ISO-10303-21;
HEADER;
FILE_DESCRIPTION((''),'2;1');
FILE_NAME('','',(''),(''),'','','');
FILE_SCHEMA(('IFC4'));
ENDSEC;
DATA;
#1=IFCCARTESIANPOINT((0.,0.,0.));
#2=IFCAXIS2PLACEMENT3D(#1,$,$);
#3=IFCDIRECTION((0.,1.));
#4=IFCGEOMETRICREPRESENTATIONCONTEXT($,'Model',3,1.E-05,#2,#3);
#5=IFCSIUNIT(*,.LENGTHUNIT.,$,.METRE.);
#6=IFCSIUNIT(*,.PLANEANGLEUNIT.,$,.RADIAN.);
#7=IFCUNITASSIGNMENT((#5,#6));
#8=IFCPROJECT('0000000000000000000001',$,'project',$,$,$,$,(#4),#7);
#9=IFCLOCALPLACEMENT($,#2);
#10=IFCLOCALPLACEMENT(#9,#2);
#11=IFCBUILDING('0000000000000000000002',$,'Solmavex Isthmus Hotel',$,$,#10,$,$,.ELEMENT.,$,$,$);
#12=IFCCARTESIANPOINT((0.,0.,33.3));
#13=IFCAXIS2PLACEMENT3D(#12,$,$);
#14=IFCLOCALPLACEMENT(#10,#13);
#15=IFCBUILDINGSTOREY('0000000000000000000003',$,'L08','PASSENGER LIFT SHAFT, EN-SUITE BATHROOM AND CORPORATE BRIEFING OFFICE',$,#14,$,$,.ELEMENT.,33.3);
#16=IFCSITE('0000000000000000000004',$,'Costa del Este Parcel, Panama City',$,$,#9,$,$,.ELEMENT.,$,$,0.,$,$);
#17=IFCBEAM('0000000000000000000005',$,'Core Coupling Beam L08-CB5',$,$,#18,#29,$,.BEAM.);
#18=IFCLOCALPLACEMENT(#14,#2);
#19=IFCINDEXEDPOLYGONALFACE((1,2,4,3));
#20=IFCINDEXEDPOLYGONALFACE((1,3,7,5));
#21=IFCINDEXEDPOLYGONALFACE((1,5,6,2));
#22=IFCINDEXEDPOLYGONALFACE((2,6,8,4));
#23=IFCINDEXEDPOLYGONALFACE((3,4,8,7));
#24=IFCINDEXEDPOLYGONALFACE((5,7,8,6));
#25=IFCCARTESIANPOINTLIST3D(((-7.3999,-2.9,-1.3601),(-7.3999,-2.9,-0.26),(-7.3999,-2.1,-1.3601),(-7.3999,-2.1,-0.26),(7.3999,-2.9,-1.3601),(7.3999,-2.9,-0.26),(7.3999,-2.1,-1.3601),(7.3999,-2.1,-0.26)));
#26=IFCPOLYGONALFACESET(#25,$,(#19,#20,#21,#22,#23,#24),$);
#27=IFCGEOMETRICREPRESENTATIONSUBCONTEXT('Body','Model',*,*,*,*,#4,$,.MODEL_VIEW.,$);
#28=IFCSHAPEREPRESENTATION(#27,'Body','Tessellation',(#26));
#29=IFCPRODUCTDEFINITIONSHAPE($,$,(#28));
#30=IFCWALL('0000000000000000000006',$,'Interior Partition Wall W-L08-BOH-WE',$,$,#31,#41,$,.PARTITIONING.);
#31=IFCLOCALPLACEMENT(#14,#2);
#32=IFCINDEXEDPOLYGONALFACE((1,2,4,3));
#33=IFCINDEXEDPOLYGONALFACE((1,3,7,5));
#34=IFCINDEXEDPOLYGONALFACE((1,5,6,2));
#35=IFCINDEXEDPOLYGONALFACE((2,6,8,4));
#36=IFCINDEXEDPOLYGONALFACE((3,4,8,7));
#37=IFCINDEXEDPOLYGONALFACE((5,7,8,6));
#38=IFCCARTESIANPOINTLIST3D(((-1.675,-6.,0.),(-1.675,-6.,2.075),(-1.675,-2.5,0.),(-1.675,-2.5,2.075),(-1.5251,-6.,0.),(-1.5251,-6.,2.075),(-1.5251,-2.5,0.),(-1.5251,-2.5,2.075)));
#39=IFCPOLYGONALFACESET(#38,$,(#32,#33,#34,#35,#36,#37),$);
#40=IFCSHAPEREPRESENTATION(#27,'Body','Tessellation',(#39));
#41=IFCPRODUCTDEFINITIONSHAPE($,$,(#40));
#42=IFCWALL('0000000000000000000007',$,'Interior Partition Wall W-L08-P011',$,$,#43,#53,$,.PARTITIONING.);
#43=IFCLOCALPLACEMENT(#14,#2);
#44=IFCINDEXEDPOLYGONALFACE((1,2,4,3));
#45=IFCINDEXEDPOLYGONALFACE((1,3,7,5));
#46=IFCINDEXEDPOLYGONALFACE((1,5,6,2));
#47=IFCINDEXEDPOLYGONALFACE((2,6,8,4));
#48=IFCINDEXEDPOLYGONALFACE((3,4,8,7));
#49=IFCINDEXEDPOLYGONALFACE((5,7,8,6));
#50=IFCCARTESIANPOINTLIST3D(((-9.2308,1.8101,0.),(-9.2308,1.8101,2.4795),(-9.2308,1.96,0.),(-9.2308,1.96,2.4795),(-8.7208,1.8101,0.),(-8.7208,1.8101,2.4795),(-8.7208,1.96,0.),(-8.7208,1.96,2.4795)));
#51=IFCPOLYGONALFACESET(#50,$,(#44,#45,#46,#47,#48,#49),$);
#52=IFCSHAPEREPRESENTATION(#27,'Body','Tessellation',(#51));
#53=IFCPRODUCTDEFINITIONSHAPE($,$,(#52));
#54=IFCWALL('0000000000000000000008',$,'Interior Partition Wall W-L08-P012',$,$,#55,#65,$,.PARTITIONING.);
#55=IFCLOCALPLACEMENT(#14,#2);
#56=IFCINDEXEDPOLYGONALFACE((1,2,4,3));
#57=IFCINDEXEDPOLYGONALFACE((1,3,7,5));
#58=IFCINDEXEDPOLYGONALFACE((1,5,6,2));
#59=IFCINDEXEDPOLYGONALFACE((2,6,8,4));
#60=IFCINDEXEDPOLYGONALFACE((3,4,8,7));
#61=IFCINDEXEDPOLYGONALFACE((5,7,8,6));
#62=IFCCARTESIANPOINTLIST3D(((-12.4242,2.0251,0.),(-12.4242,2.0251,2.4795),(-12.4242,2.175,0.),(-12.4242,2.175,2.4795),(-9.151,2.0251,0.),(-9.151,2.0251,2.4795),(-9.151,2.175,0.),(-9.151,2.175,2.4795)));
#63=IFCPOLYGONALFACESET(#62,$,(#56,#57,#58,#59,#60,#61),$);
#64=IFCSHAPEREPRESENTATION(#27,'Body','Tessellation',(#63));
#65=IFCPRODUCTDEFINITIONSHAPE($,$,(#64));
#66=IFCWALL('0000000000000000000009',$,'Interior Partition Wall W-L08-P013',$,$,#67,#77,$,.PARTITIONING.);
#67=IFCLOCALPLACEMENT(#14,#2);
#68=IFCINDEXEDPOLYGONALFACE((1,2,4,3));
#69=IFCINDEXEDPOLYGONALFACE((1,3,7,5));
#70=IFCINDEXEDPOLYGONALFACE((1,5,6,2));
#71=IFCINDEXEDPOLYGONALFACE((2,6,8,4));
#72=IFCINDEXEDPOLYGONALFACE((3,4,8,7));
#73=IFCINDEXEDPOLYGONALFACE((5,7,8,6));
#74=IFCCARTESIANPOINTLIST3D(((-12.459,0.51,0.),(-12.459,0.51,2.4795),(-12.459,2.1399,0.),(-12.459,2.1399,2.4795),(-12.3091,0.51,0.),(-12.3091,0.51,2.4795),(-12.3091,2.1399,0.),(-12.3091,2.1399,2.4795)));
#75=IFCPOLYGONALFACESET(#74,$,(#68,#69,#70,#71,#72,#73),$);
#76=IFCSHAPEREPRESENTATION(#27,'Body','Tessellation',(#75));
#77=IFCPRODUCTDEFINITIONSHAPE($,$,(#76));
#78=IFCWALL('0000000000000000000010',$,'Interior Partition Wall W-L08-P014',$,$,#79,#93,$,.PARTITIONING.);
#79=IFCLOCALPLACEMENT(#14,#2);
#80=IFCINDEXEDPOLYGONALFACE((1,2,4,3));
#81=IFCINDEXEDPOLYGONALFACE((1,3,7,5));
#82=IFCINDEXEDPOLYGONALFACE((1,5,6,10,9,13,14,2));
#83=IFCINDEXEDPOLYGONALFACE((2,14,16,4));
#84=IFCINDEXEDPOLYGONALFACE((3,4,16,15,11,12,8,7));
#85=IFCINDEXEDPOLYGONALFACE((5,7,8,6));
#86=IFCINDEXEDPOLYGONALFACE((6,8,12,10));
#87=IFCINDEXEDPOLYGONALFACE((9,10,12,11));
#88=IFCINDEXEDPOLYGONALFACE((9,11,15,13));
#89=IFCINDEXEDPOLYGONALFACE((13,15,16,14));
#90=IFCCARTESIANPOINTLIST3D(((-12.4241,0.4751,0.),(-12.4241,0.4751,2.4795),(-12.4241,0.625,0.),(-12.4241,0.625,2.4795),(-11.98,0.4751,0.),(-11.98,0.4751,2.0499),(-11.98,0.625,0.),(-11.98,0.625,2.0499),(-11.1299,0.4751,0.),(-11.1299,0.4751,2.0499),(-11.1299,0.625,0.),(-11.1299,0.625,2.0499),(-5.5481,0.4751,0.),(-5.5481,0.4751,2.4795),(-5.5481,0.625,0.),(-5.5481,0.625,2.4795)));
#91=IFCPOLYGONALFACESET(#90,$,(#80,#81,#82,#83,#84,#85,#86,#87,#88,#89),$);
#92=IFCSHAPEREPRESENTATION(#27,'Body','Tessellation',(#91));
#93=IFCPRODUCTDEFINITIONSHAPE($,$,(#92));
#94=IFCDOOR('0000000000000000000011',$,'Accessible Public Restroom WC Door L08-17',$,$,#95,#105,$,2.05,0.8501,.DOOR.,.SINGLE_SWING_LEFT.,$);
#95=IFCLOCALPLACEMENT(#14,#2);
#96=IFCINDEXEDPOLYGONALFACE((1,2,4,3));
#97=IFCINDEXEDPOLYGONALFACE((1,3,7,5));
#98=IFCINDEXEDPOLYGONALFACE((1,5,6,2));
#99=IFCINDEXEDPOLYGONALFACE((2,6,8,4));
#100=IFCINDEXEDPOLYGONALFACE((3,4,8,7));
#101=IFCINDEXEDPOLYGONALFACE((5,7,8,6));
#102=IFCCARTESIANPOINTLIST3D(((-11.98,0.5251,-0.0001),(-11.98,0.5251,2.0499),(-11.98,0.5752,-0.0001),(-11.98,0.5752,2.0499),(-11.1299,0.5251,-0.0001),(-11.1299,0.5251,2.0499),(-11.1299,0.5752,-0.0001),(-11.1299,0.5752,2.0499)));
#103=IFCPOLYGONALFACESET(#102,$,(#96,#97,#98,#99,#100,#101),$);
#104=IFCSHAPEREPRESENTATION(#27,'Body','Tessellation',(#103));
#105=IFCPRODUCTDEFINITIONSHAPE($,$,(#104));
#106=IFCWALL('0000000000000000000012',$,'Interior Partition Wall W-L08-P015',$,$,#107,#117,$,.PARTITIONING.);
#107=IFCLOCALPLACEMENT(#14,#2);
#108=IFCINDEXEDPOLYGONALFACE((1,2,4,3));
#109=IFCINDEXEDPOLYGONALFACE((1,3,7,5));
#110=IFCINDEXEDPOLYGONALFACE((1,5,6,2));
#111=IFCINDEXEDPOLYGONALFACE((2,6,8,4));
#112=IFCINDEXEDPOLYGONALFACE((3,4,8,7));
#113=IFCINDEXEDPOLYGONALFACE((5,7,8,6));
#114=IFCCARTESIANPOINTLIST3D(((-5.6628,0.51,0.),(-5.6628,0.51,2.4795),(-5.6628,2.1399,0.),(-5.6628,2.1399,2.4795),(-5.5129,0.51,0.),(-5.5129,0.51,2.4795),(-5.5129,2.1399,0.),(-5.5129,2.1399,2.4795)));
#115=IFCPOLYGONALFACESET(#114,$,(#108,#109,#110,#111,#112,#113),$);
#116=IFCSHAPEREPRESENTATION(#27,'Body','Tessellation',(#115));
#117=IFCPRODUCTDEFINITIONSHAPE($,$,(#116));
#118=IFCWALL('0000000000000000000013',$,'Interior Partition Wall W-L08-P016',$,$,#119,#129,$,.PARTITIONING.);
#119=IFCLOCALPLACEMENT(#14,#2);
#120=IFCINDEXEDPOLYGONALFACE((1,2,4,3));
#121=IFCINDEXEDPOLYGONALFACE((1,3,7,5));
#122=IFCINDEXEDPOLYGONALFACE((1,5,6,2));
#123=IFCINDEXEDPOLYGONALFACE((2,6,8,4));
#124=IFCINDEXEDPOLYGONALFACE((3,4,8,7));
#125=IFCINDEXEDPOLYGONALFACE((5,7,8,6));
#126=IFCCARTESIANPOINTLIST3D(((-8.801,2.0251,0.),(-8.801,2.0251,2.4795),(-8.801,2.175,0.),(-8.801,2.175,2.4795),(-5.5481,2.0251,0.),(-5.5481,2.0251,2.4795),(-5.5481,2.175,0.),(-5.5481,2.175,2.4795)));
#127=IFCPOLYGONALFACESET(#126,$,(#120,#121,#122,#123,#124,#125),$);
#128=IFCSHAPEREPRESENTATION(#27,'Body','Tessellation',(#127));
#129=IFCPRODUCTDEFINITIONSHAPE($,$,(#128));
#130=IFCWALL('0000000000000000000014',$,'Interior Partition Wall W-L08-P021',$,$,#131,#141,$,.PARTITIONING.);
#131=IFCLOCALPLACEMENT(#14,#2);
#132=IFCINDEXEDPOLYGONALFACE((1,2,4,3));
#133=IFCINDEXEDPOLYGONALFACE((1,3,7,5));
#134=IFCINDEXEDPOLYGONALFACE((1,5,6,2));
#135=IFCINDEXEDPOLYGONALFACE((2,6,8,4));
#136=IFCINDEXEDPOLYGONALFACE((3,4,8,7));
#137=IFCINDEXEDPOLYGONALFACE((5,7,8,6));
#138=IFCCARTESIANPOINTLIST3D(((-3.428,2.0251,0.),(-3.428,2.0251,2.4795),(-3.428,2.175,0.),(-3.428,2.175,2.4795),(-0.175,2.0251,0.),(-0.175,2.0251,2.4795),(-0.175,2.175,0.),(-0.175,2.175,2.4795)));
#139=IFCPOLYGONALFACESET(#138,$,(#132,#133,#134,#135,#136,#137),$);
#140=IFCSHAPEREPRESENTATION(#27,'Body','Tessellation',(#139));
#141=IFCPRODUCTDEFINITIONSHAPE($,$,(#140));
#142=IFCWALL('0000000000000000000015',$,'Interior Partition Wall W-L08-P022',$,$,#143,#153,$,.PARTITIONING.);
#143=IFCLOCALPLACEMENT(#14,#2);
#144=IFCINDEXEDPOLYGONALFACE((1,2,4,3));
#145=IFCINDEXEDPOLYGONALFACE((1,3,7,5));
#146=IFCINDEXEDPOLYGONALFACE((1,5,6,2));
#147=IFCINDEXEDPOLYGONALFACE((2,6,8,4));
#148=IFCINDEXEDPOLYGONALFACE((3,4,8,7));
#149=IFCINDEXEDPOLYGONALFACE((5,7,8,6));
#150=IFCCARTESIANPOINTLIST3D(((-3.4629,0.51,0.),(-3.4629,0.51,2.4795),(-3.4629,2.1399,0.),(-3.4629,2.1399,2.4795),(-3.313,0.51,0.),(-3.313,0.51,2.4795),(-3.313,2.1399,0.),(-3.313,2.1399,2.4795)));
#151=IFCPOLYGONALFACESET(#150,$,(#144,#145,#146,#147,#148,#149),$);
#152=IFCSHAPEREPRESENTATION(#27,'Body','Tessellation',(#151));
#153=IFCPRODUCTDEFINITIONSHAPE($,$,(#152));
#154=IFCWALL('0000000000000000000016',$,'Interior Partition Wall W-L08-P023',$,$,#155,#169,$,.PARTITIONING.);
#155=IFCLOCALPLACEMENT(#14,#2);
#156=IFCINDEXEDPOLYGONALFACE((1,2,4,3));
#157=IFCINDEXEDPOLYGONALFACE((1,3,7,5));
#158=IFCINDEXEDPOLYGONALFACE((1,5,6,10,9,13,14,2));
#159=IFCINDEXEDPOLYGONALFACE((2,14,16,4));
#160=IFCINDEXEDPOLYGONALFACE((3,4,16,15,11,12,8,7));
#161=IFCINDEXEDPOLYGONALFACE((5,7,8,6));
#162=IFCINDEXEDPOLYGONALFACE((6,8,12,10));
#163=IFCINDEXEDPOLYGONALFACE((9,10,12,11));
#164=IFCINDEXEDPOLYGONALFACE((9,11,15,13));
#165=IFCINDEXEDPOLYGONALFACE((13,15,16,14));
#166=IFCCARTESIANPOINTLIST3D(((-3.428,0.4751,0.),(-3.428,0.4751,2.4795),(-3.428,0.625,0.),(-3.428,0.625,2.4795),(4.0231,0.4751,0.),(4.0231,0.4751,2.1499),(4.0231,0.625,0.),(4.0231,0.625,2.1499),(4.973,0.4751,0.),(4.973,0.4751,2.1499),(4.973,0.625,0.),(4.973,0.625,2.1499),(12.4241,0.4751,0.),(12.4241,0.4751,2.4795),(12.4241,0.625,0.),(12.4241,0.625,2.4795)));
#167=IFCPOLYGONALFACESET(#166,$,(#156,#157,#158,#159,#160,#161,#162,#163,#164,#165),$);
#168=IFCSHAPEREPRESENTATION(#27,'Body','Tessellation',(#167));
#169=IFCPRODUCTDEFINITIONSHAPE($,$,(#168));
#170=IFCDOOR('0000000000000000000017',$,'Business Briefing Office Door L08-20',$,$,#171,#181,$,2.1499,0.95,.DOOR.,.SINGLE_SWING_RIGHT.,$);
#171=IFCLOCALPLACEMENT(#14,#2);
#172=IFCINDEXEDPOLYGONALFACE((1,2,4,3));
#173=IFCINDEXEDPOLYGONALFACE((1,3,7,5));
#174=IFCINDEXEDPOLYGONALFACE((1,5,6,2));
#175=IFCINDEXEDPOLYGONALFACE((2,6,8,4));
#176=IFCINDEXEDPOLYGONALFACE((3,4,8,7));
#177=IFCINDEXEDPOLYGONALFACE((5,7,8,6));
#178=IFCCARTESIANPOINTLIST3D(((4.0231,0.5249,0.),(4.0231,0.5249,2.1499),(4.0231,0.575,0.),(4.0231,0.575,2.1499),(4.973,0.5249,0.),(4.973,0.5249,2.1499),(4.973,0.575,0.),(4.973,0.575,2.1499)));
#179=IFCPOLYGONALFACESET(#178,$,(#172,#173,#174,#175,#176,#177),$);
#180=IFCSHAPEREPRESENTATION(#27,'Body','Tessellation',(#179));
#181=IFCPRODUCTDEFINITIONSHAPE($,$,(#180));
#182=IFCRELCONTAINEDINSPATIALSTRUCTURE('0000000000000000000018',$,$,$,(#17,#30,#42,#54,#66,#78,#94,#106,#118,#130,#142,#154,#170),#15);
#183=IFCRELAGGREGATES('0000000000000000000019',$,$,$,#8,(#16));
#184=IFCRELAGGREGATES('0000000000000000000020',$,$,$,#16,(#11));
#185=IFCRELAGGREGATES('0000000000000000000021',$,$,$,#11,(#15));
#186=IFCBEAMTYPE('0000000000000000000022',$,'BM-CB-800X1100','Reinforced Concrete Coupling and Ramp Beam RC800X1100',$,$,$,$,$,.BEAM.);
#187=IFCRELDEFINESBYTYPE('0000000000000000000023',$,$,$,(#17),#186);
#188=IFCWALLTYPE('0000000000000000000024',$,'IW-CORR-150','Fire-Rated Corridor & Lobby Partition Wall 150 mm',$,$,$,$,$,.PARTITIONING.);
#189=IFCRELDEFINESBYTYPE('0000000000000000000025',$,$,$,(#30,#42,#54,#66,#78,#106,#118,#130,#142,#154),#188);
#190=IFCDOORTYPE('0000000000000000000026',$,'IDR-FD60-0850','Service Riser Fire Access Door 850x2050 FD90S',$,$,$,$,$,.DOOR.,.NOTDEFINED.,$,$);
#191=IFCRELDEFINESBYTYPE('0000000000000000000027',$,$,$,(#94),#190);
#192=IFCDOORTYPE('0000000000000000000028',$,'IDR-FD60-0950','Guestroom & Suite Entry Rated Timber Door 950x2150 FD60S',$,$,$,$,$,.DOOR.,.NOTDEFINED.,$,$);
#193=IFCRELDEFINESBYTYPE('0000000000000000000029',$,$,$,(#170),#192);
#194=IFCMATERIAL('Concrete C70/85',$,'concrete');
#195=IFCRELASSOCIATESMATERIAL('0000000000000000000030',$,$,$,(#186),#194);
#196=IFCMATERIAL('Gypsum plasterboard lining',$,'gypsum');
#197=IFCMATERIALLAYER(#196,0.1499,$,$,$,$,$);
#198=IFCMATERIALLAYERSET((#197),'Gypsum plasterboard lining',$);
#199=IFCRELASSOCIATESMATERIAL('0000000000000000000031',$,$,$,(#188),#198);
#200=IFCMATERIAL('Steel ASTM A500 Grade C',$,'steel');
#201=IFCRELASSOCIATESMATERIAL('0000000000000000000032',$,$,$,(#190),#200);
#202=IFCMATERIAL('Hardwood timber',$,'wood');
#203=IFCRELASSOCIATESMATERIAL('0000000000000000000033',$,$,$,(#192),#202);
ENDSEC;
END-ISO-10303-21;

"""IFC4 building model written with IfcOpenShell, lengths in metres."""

from ifc_helpers import new_model, si_unit, direction, frame, frame_2d, origin, origin_2d, place, context, subcontext, project, spatial, rectangle, extrude, material, layer, layer_set, material_profile, profile_set, type_object, element, fill, save


model = new_model("IFC4")

# Units and contexts
model_context = context("Model", 3, precision=1e-05, world=origin(), true_north=direction((0.0, 1.0)))
body_context = subcontext(model_context, "Body", "Model", "MODEL_VIEW")
ifc_project = project(units=[si_unit("LENGTHUNIT", "METRE"), si_unit("PLANEANGLEUNIT", "RADIAN")], contexts=[model_context])

# Site, building, storey
site_placement = place(None, origin())
site = spatial("IfcSite", under=ifc_project, at=site_placement, Name="Costa del Este Parcel, Panama City", CompositionType="ELEMENT", RefElevation=0.0)
building_placement = place(site_placement, origin())
building = spatial("IfcBuilding", under=site, at=building_placement, Name="Solmavex Isthmus Hotel", CompositionType="ELEMENT")
storey_placement = place(building_placement, frame((0.0, 0.0, 33.3)))
storey = spatial("IfcBuildingStorey", under=building, at=storey_placement, Name="L08", Description="PASSENGER LIFT SHAFT, EN-SUITE BATHROOM AND CORPORATE BRIEFING OFFICE", CompositionType="ELEMENT", Elevation=33.3)

# Shared definitions
ifc_material_1 = material(Name="Concrete C70/85", Category="concrete")

# Beam
ifc_material_profile_1 = material_profile(ifc_material_1, rectangle(XDim=0.8, YDim=1.1001, at=origin_2d()), Name="RC800X1100")
ifc_profile_set_1 = profile_set([ifc_material_profile_1], Name="Concrete C70/85")
beam_type_1 = type_object("IfcBeamType", Name="BM-CB-800X1100", Description="Reinforced Concrete Coupling and Ramp Beam RC800X1100", PredefinedType="BEAM", material=ifc_profile_set_1)
beam_1_placement = place(storey_placement, frame((-7.3999, -2.5, -0.8101), z_axis=(1.0, 0.0, 0.0), x_axis=(0.0, 1.0, 0.0)))
element("IfcBeam", 1, at=beam_1_placement, inside=storey, type_object=beam_type_1, Name="Core Coupling Beam L08-CB5", PredefinedType="BEAM", context=body_context, shape_type="SweptSolid", body=[
    extrude(rectangle(XDim=0.8, YDim=1.1001, at=origin_2d()), origin(), (0.0, 0.0, 1.0), 14.7998),
])

# Walls
ifc_material_2 = material(Name="Gypsum plasterboard lining", Category="gypsum")
ifc_layer_1 = layer(ifc_material_2, 0.1499)
ifc_layer_set_1 = layer_set([ifc_layer_1], Name="Gypsum plasterboard lining")
wall_type_1 = type_object("IfcWallType", Name="IW-CORR-150", Description="Fire-Rated Corridor & Lobby Partition Wall 150 mm", PredefinedType="PARTITIONING", material=ifc_layer_set_1)
wall_1_placement = place(storey_placement, frame((-1.6001, -6.0, 0.0), z_axis=(0.0, 0.0, 1.0), x_axis=(0.0, 1.0, 0.0)))
element("IfcWall", 2, at=wall_1_placement, inside=storey, type_object=wall_type_1, Name="Interior Partition Wall W-L08-BOH-WE", PredefinedType="PARTITIONING", context=body_context, shape_type="SweptSolid", body=[
    extrude(rectangle(XDim=3.5, YDim=0.1499, at=frame_2d((1.75, 0.0))), origin(), (0.0, 0.0, 1.0), 2.075),
])
wall_2_placement = place(storey_placement, frame((-8.7209, 1.885, 0.0), z_axis=(0.0, 0.0, 1.0), x_axis=(-1.0, 0.0, 0.0)))
element("IfcWall", 3, at=wall_2_placement, inside=storey, type_object=wall_type_1, Name="Interior Partition Wall W-L08-P011", PredefinedType="PARTITIONING", context=body_context, shape_type="SweptSolid", body=[
    extrude(rectangle(XDim=0.51, YDim=0.1499, at=frame_2d((0.2549, 0.0))), origin(), (0.0, 0.0, 1.0), 2.4795),
])
wall_3_placement = place(storey_placement, frame((-9.1509, 2.1001, 0.0), z_axis=(0.0, 0.0, 1.0), x_axis=(-1.0, 0.0, 0.0)))
element("IfcWall", 4, at=wall_3_placement, inside=storey, type_object=wall_type_1, Name="Interior Partition Wall W-L08-P012", PredefinedType="PARTITIONING", context=body_context, shape_type="SweptSolid", body=[
    extrude(rectangle(XDim=3.2732, YDim=0.1499, at=frame_2d((1.6367, 0.0))), origin(), (0.0, 0.0, 1.0), 2.4795),
])
wall_4_placement = place(storey_placement, frame((-12.384, 2.1399, 0.0), z_axis=(0.0, 0.0, 1.0), x_axis=(0.0, -1.0, 0.0)))
element("IfcWall", 5, at=wall_4_placement, inside=storey, type_object=wall_type_1, Name="Interior Partition Wall W-L08-P013", PredefinedType="PARTITIONING", context=body_context, shape_type="SweptSolid", body=[
    extrude(rectangle(XDim=1.6299, YDim=0.1499, at=frame_2d((0.8149, 0.0))), origin(), (0.0, 0.0, 1.0), 2.4795),
])

# Wall, opening, door
wall_5_placement = place(storey_placement, frame((-12.4241, 0.55, 0.0), z_axis=(0.0, 0.0, 1.0), x_axis=(1.0, 0.0, 0.0)))
wall_5 = element("IfcWall", 6, at=wall_5_placement, inside=storey, type_object=wall_type_1, Name="Interior Partition Wall W-L08-P014", PredefinedType="PARTITIONING", context=body_context, shape_type="SweptSolid", body=[
    extrude(rectangle(XDim=6.876, YDim=0.1499, at=frame_2d((3.438, 0.0))), origin(), (0.0, 0.0, 1.0), 2.4795),
])
opening_1_placement = place(wall_5_placement, frame((0.4441, 0.0, 0.0)))
opening_1 = element("IfcOpeningElement", 7, at=opening_1_placement, cuts=wall_5, PredefinedType="OPENING", context=body_context, shape_type="SweptSolid", body=[
    extrude(rectangle(XDim=0.8501, YDim=2.05, at=frame_2d((0.425, 1.0249))), frame((0.0, 0.085, 0.0), z_axis=(0.0, -1.0, 0.0), x_axis=(1.0, 0.0, 0.0)), (0.0, 0.0, 1.0), 0.1699),
])
ifc_material_3 = material(Name="Steel ASTM A500 Grade C", Category="steel")
door_type_1 = type_object("IfcDoorType", Name="IDR-FD60-0850", Description="Service Riser Fire Access Door 850x2050 FD90S", OperationType="NOTDEFINED", PredefinedType="DOOR", material=ifc_material_3)
door_1_placement = place(opening_1_placement, frame((0.8501, 0.0, 0.0), z_axis=(0.0, 0.0, 1.0), x_axis=(-1.0, 0.0, 0.0)))
door_1 = element("IfcDoor", 8, at=door_1_placement, inside=storey, type_object=door_type_1, Name="Accessible Public Restroom WC Door L08-17", OperationType="SINGLE_SWING_LEFT", OverallHeight=2.05, OverallWidth=0.8501, PredefinedType="DOOR", context=body_context, shape_type="SweptSolid", body=[
    extrude(rectangle(XDim=0.8501, YDim=2.05, at=frame_2d((0.425, 1.0249))), frame((0.0, 0.0249, 0.0), z_axis=(0.0, -1.0, 0.0), x_axis=(1.0, 0.0, 0.0)), (0.0, 0.0, 1.0), 0.05),
])
fill(opening_1, door_1)

# Walls
wall_6_placement = place(storey_placement, frame((-5.5879, 0.51, 0.0), z_axis=(0.0, 0.0, 1.0), x_axis=(0.0, 1.0, 0.0)))
element("IfcWall", 9, at=wall_6_placement, inside=storey, type_object=wall_type_1, Name="Interior Partition Wall W-L08-P015", PredefinedType="PARTITIONING", context=body_context, shape_type="SweptSolid", body=[
    extrude(rectangle(XDim=1.6299, YDim=0.1499, at=frame_2d((0.8149, 0.0))), origin(), (0.0, 0.0, 1.0), 2.4795),
])
for number, where, z_axis, x_axis, name in (
    (10, (-5.5481, 2.1001, 0.0), (0.0, 0.0, 1.0), (-1.0, 0.0, 0.0), "Interior Partition Wall W-L08-P016"),
    (11, (-0.175, 2.1001, 0.0), (0.0, 0.0, 1.0), (-1.0, 0.0, 0.0), "Interior Partition Wall W-L08-P021"),
):
    element("IfcWall", number, at=place(storey_placement, frame(where, z_axis=z_axis, x_axis=x_axis)), inside=storey, type_object=wall_type_1, Name=name, PredefinedType="PARTITIONING", context=body_context, shape_type="SweptSolid", body=[
        extrude(rectangle(XDim=3.2529, YDim=0.1499, at=frame_2d((1.6265, 0.0))), origin(), (0.0, 0.0, 1.0), 2.4795),
    ])
wall_7_placement = place(storey_placement, frame((-3.3879, 2.1399, 0.0), z_axis=(0.0, 0.0, 1.0), x_axis=(0.0, -1.0, 0.0)))
element("IfcWall", 12, at=wall_7_placement, inside=storey, type_object=wall_type_1, Name="Interior Partition Wall W-L08-P022", PredefinedType="PARTITIONING", context=body_context, shape_type="SweptSolid", body=[
    extrude(rectangle(XDim=1.6299, YDim=0.1499, at=frame_2d((0.8149, 0.0))), origin(), (0.0, 0.0, 1.0), 2.4795),
])

# Wall, opening, door
wall_8_placement = place(storey_placement, frame((-3.428, 0.55, 0.0), z_axis=(0.0, 0.0, 1.0), x_axis=(1.0, 0.0, 0.0)))
wall_8 = element("IfcWall", 13, at=wall_8_placement, inside=storey, type_object=wall_type_1, Name="Interior Partition Wall W-L08-P023", PredefinedType="PARTITIONING", context=body_context, shape_type="SweptSolid", body=[
    extrude(rectangle(XDim=15.8521, YDim=0.1499, at=frame_2d((7.926, 0.0))), origin(), (0.0, 0.0, 1.0), 2.4795),
])
opening_2_placement = place(wall_8_placement, frame((7.4509, 0.0, 0.0)))
opening_2 = element("IfcOpeningElement", 14, at=opening_2_placement, cuts=wall_8, PredefinedType="OPENING", context=body_context, shape_type="SweptSolid", body=[
    extrude(rectangle(XDim=0.95, YDim=2.1499, at=frame_2d((0.4751, 1.075))), frame((0.0, 0.085, 0.0), z_axis=(0.0, -1.0, 0.0), x_axis=(1.0, 0.0, 0.0)), (0.0, 0.0, 1.0), 0.1699),
])
ifc_material_4 = material(Name="Hardwood timber", Category="wood")
door_type_2 = type_object("IfcDoorType", Name="IDR-FD60-0950", Description="Guestroom & Suite Entry Rated Timber Door 950x2150 FD60S", OperationType="NOTDEFINED", PredefinedType="DOOR", material=ifc_material_4)
door_2_placement = place(opening_2_placement, origin())
door_2 = element("IfcDoor", 15, at=door_2_placement, inside=storey, type_object=door_type_2, Name="Business Briefing Office Door L08-20", OperationType="SINGLE_SWING_RIGHT", OverallHeight=2.1499, OverallWidth=0.95, PredefinedType="DOOR", context=body_context, shape_type="SweptSolid", body=[
    extrude(rectangle(XDim=0.95, YDim=2.1499, at=frame_2d((0.4751, 1.075))), frame((0.0, 0.0249, 0.0), z_axis=(0.0, -1.0, 0.0), x_axis=(1.0, 0.0, 0.0)), (0.0, 0.0, 1.0), 0.05),
])
fill(opening_2, door_2)

save(model, "model.ifc")
